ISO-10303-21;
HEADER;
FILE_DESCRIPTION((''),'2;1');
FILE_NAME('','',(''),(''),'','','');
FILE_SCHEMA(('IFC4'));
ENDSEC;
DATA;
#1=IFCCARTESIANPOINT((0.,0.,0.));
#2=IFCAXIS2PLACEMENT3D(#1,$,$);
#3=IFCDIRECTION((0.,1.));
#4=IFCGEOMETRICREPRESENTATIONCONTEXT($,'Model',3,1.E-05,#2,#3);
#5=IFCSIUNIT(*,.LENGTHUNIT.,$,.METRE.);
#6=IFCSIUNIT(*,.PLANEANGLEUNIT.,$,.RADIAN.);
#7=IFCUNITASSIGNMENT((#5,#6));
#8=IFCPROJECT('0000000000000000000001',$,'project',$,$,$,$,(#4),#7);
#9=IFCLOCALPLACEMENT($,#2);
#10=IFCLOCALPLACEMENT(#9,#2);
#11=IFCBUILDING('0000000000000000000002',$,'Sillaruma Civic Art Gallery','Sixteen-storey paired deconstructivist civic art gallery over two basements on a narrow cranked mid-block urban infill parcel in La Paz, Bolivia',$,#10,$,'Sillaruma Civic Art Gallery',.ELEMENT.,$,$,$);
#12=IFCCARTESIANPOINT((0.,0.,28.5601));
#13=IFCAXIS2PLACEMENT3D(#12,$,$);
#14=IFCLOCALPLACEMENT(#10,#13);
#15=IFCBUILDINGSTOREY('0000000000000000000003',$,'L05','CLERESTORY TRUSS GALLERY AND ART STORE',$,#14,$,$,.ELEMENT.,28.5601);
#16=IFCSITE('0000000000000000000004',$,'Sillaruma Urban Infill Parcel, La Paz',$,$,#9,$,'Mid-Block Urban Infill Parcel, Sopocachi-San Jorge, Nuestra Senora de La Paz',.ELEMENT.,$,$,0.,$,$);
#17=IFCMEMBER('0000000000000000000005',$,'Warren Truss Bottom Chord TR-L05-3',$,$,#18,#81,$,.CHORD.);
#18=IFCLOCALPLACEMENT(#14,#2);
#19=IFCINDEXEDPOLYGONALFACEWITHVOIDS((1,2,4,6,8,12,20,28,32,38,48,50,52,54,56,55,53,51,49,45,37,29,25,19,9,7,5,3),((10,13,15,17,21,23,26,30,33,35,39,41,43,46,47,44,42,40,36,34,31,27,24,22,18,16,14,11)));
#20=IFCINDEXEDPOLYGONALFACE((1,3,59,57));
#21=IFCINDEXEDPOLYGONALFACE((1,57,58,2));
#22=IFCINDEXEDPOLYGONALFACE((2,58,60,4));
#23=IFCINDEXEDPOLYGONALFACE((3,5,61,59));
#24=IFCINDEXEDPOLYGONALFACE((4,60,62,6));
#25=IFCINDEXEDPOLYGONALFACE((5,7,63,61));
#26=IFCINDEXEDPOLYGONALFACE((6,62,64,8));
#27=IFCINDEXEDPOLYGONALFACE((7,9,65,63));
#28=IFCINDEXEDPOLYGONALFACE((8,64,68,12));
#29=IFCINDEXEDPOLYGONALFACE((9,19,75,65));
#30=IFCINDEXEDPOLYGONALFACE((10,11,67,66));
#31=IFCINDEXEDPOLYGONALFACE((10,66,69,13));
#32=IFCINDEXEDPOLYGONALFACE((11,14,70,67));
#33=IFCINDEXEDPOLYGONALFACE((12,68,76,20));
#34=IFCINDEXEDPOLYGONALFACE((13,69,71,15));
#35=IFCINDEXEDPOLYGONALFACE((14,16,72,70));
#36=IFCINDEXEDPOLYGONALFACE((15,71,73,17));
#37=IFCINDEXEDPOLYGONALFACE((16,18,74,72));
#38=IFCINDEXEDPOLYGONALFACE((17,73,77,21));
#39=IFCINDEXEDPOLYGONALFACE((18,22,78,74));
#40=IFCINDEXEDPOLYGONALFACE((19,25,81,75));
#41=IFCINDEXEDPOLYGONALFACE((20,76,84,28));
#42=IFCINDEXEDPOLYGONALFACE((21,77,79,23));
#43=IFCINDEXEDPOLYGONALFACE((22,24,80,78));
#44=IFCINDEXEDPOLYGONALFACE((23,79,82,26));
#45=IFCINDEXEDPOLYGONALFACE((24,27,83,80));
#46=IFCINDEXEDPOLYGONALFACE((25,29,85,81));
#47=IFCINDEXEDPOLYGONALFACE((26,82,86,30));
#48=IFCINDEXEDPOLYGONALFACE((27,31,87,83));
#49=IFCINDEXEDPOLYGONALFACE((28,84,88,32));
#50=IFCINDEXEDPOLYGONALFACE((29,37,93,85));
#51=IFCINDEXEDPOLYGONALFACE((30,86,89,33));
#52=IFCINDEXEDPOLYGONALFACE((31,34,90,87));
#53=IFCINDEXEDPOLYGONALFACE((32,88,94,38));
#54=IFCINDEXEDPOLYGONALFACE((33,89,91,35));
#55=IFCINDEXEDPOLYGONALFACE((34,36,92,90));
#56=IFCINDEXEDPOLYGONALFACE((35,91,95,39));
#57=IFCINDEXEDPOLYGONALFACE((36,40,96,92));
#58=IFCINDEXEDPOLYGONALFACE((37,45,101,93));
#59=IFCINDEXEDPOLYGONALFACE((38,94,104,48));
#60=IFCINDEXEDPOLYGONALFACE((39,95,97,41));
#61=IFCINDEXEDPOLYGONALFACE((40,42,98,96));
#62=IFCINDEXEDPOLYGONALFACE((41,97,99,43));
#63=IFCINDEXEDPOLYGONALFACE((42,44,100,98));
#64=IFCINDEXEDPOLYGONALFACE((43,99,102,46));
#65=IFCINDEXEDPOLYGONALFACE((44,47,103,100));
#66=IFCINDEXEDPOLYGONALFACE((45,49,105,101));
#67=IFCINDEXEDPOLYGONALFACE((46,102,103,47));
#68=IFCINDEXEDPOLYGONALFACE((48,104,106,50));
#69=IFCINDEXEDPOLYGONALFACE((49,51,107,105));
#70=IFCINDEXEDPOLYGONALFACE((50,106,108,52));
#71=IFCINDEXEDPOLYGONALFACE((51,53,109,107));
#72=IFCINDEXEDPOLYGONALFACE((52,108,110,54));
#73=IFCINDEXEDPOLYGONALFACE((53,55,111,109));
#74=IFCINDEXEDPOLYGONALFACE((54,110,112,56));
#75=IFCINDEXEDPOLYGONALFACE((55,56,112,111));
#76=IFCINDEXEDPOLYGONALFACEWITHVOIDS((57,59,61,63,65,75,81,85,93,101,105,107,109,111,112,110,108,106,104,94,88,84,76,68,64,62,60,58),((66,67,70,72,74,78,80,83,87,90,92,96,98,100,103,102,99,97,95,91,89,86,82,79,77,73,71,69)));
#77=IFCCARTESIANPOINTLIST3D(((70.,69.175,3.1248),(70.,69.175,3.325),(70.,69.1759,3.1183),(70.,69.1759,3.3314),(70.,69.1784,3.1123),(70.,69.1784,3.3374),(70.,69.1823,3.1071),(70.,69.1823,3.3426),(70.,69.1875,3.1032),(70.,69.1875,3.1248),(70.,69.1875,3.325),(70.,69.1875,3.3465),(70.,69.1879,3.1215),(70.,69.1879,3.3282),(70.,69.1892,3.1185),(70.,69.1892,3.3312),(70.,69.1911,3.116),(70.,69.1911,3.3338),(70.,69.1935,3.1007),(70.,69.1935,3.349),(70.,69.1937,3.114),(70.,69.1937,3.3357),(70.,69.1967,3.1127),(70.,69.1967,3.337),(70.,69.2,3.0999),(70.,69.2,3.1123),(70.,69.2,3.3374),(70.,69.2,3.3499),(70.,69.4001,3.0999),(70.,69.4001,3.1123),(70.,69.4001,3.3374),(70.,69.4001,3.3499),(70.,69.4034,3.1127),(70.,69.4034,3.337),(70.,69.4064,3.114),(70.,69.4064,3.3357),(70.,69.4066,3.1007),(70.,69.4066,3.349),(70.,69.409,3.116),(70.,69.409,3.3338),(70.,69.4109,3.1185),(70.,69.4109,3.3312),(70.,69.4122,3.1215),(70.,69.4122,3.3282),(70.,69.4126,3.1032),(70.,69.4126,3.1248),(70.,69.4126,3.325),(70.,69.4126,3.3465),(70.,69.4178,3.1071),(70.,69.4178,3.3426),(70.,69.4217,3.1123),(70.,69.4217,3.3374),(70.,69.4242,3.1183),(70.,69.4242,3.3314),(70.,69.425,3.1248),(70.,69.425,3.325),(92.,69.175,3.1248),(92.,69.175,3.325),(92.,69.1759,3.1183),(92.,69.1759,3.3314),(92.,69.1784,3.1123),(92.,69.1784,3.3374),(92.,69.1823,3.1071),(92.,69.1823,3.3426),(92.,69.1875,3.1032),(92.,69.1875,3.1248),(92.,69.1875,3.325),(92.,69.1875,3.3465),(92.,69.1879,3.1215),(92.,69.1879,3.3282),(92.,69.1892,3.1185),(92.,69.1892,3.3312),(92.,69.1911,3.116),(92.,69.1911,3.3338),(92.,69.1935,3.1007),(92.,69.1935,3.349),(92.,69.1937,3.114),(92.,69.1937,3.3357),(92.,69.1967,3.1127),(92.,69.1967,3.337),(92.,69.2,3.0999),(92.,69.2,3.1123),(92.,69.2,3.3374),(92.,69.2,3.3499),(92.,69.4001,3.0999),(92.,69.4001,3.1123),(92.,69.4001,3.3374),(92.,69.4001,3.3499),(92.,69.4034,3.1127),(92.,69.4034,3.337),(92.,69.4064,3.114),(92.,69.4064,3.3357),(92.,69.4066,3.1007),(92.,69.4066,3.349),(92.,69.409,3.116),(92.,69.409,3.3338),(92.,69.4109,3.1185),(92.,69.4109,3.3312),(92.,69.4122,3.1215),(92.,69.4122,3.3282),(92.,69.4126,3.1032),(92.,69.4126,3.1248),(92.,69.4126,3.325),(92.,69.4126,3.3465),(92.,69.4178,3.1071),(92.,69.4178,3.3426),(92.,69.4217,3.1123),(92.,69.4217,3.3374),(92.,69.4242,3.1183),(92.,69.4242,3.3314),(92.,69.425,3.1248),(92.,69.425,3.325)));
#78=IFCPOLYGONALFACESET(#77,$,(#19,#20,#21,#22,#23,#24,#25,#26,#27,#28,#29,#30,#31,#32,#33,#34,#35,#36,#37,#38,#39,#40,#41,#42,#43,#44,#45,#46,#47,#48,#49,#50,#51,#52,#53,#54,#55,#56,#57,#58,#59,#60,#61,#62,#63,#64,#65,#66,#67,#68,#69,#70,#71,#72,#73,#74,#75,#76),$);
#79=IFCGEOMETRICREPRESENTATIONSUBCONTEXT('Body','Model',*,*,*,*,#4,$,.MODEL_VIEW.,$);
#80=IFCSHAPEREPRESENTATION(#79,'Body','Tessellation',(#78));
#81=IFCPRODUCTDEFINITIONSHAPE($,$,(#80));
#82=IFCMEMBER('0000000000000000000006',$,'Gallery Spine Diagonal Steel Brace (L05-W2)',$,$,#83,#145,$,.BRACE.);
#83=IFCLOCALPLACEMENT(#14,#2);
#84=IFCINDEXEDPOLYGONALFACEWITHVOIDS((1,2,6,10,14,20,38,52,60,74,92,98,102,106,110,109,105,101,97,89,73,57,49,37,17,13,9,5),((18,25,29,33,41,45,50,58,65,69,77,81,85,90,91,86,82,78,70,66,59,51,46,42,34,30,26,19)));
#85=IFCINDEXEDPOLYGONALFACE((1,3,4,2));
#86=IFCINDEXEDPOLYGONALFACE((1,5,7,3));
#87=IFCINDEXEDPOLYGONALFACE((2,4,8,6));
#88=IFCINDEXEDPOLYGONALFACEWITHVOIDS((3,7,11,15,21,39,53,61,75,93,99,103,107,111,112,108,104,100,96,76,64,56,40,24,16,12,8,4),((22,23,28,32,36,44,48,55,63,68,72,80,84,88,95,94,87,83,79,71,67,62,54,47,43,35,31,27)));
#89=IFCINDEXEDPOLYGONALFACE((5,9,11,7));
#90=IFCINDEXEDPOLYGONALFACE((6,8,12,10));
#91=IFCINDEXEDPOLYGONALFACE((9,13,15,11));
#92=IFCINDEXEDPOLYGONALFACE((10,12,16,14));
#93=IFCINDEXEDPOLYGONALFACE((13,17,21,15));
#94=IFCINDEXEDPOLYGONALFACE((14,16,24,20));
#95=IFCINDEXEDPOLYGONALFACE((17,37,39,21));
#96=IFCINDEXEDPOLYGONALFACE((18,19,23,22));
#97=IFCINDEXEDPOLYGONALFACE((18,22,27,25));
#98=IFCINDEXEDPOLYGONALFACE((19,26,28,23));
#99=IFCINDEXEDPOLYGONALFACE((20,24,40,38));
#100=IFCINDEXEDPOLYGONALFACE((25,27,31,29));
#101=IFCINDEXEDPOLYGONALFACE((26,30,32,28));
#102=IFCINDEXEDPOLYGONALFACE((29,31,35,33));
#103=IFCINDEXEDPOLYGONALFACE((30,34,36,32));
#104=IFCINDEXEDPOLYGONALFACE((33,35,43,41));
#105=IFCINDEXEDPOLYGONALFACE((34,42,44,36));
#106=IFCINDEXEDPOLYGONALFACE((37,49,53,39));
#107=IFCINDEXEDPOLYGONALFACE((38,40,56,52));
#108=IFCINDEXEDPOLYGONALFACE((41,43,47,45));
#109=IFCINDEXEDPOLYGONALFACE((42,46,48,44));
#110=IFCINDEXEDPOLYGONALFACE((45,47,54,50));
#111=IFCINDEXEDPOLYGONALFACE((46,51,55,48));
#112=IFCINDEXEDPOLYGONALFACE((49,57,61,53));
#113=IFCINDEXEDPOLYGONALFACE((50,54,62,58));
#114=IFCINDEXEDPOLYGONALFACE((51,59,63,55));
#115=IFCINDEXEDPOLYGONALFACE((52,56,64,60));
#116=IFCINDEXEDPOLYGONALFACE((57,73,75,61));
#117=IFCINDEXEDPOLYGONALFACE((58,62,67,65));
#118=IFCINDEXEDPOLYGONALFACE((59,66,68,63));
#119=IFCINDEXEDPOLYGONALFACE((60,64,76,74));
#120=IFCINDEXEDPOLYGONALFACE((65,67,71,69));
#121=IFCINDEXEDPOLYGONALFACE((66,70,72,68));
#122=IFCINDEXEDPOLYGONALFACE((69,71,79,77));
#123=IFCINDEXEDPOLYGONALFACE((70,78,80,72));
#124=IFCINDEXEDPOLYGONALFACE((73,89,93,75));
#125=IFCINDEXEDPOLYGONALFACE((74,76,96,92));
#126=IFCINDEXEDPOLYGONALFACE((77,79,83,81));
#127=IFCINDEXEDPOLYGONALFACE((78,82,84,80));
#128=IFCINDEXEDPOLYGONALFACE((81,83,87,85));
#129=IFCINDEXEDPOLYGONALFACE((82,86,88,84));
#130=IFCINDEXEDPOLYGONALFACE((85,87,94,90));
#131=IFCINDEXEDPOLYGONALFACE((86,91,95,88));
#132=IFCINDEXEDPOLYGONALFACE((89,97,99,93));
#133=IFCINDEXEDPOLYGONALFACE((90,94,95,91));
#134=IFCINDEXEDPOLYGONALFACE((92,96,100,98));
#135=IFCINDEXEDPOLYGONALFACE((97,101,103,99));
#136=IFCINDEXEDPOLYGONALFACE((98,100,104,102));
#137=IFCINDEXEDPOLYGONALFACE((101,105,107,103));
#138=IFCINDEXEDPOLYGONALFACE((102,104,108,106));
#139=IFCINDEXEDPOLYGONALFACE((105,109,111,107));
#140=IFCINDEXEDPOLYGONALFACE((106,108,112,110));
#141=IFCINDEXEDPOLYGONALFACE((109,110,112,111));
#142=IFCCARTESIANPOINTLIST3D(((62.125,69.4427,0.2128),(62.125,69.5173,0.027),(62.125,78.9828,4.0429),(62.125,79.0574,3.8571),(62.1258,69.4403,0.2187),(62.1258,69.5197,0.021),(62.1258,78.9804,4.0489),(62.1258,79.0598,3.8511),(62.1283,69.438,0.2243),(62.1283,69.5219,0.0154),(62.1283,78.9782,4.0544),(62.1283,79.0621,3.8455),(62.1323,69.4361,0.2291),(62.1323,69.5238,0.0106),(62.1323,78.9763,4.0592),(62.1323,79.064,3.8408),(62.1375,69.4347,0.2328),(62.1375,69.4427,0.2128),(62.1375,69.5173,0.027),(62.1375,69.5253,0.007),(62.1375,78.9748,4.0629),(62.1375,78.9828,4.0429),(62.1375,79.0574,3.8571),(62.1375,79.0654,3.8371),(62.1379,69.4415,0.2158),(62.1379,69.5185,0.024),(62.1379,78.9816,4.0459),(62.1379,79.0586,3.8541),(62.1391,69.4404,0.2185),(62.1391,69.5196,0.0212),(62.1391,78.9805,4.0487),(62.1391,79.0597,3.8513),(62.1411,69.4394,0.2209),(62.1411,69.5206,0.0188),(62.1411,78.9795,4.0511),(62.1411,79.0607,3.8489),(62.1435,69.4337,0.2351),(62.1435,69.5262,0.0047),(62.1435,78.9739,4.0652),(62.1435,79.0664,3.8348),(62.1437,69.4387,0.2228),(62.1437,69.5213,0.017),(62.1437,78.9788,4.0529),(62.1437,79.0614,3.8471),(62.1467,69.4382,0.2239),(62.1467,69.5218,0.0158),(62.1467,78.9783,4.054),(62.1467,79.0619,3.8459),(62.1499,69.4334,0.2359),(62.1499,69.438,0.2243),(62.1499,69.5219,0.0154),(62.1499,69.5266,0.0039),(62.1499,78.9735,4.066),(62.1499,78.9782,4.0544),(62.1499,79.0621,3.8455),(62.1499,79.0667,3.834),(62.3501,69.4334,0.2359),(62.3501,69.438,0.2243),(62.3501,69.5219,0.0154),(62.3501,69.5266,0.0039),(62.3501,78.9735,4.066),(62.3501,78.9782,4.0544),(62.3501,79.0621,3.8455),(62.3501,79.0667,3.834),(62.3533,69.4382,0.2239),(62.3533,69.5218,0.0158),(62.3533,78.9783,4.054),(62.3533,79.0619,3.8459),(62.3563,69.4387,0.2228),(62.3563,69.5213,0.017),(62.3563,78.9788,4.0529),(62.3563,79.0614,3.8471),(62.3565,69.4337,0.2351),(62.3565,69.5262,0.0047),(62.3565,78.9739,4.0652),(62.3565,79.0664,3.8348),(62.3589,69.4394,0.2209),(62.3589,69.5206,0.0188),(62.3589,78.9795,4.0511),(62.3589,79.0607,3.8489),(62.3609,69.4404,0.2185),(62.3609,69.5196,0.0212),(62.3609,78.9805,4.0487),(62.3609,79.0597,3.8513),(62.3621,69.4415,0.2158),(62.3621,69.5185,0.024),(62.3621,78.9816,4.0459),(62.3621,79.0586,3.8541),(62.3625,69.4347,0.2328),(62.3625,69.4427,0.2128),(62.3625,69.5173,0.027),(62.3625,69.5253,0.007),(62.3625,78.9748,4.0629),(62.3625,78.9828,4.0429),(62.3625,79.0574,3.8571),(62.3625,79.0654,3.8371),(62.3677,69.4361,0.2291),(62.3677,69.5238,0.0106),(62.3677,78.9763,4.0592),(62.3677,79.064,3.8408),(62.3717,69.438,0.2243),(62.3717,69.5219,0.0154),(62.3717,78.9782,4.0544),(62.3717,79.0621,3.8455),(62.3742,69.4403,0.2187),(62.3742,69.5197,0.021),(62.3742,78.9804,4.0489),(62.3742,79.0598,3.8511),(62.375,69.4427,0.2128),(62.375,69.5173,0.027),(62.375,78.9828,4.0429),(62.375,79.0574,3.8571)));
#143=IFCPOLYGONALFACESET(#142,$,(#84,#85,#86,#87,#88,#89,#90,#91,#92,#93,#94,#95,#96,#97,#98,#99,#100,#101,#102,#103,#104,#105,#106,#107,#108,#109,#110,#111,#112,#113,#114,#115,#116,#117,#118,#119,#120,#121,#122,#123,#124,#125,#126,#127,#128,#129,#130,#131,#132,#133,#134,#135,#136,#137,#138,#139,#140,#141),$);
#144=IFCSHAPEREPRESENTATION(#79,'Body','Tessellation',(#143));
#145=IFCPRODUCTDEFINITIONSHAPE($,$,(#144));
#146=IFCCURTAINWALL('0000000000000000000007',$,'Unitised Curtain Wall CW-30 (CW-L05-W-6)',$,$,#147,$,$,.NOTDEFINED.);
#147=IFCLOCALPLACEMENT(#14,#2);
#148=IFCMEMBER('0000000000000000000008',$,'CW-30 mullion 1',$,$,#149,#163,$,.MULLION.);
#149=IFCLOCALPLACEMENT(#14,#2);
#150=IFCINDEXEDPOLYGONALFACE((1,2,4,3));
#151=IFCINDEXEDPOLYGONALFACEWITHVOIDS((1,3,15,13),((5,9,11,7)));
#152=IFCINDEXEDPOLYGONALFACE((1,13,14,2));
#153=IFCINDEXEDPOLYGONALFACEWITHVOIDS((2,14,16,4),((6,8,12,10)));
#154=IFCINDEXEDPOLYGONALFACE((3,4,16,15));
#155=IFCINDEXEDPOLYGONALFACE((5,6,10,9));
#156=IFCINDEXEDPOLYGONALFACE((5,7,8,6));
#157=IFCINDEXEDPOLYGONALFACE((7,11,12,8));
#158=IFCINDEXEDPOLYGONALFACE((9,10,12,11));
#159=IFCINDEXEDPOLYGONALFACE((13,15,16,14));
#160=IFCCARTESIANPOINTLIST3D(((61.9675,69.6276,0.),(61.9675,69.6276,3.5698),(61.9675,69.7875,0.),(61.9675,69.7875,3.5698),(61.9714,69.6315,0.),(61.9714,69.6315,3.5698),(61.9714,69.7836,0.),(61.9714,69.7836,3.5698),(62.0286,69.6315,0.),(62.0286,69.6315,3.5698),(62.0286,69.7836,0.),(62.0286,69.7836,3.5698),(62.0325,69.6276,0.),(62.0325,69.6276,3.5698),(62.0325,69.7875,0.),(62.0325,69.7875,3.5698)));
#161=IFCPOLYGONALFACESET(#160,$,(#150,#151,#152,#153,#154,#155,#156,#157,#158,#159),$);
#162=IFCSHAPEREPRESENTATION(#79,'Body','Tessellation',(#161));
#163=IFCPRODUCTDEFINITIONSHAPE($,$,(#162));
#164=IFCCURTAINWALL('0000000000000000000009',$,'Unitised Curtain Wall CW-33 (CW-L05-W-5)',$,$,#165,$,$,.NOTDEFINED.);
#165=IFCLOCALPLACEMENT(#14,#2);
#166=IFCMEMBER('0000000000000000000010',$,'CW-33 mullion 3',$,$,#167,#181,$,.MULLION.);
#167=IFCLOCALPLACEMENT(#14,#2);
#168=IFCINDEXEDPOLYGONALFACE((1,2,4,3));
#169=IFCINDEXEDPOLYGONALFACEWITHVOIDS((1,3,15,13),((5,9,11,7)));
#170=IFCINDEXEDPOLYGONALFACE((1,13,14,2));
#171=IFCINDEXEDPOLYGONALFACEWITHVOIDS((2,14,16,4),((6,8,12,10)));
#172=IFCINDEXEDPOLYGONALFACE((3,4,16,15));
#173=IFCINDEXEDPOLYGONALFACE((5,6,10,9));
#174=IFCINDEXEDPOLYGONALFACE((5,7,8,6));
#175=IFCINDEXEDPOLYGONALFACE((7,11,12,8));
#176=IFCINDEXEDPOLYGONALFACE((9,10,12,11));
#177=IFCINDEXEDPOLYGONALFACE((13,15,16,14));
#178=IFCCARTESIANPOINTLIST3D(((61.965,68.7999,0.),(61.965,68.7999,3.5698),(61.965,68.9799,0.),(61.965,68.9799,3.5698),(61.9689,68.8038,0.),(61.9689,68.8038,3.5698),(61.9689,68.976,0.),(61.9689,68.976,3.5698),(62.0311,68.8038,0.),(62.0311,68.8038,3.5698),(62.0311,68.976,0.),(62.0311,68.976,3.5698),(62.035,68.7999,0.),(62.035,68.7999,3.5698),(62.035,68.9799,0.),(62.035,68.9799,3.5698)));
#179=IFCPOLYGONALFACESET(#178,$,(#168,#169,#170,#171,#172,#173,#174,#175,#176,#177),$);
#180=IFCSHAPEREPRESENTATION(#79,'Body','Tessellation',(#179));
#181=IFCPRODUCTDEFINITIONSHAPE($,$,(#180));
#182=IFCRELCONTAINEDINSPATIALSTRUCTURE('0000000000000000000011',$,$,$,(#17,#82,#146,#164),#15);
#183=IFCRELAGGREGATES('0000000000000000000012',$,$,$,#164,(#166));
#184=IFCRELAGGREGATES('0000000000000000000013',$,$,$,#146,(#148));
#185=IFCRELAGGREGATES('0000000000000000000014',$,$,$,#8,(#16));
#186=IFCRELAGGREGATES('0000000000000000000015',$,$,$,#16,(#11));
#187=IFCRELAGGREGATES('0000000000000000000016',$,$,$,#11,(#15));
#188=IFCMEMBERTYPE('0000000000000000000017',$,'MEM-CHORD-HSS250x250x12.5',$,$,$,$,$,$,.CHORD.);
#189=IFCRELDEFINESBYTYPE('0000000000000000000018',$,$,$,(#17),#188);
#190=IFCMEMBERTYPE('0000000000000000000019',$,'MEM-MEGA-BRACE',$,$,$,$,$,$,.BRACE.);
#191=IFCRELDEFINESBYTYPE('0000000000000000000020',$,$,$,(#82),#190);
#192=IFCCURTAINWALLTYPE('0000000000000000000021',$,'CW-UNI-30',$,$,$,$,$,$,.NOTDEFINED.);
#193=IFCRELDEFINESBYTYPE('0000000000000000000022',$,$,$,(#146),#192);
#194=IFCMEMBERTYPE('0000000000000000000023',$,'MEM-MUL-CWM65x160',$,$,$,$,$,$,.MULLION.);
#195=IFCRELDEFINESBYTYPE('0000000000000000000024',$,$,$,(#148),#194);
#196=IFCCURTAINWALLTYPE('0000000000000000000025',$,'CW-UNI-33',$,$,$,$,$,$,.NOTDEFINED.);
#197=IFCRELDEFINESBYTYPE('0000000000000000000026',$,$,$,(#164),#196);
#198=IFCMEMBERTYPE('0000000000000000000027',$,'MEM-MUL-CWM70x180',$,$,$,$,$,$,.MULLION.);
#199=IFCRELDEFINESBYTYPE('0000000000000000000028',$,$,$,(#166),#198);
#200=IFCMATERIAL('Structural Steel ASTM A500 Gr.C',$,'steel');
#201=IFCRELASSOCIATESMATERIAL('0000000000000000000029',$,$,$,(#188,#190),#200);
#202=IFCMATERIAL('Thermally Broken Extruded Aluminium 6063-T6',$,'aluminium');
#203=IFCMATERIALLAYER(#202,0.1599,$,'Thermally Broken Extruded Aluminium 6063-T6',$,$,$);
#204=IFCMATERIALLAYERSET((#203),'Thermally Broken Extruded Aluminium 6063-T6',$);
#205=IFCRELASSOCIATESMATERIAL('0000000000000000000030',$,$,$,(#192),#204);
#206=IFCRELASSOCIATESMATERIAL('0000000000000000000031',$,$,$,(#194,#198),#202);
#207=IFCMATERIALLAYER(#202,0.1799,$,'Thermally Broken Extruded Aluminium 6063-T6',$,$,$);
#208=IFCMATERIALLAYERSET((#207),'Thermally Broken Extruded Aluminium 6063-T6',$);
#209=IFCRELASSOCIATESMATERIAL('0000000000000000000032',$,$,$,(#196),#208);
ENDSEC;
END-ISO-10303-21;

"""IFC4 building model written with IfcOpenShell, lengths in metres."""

from ifc_helpers import new_model, si_unit, direction, frame, origin, origin_2d, place, context, subcontext, project, spatial, hollow_rectangle, extrude, material, layer, layer_set, material_profile, profile_set, type_object, element, aggregate, save


model = new_model("IFC4")

# Units and contexts
model_context = context("Model", 3, precision=1e-05, world=origin(), true_north=direction((0.0, 1.0)))
body_context = subcontext(model_context, "Body", "Model", "MODEL_VIEW")
ifc_project = project(units=[si_unit("LENGTHUNIT", "METRE"), si_unit("PLANEANGLEUNIT", "RADIAN")], contexts=[model_context])

# Site, building, storey
site_placement = place(None, origin())
site = spatial("IfcSite", under=ifc_project, at=site_placement, Name="Sillaruma Urban Infill Parcel, La Paz", LongName="Mid-Block Urban Infill Parcel, Sopocachi-San Jorge, Nuestra Senora de La Paz", CompositionType="ELEMENT", RefElevation=0.0)
building_placement = place(site_placement, origin())
building = spatial("IfcBuilding", under=site, at=building_placement, Name="Sillaruma Civic Art Gallery", Description="Sixteen-storey paired deconstructivist civic art gallery over two basements on a narrow cranked mid-block urban infill parcel in La Paz, Bolivia", LongName="Sillaruma Civic Art Gallery", CompositionType="ELEMENT")
storey_placement = place(building_placement, frame((0.0, 0.0, 28.5601)))
storey = spatial("IfcBuildingStorey", under=building, at=storey_placement, Name="L05", Description="CLERESTORY TRUSS GALLERY AND ART STORE", CompositionType="ELEMENT", Elevation=28.5601)

# Members
ifc_material_1 = material(Name="Structural Steel ASTM A500 Gr.C", Category="steel")
ifc_material_profile_1 = material_profile(ifc_material_1, hollow_rectangle(XDim=0.25, YDim=0.25, WallThickness=0.0125, InnerFilletRadius=0.0125, OuterFilletRadius=0.0249, at=origin_2d()), Name="HSS250x250x12.5")
ifc_profile_set_1 = profile_set([ifc_material_profile_1], Name="Structural Steel ASTM A500 Gr.C")
member_type_1 = type_object("IfcMemberType", Name="MEM-CHORD-HSS250x250x12.5", PredefinedType="CHORD", material=ifc_profile_set_1)
member_1_placement = place(storey_placement, frame((70.0, 69.3, 3.2249), z_axis=(1.0, 0.0, 0.0), x_axis=(0.0, 1.0, 0.0)))
element("IfcMember", 1, at=member_1_placement, inside=storey, type_object=member_type_1, Name="Warren Truss Bottom Chord TR-L05-3", PredefinedType="CHORD", context=body_context, shape_type="SweptSolid", body=[
    extrude(hollow_rectangle(XDim=0.25, YDim=0.25, WallThickness=0.0125, InnerFilletRadius=0.0125, OuterFilletRadius=0.0249, at=origin_2d()), origin(), (0.0, 0.0, 1.0), 22.0),
])
ifc_material_profile_2 = material_profile(ifc_material_1, hollow_rectangle(XDim=0.25, YDim=0.25, WallThickness=0.0125, InnerFilletRadius=0.0125, OuterFilletRadius=0.0249, at=origin_2d()), Name="HSS250x250x12.5")
ifc_profile_set_2 = profile_set([ifc_material_profile_2], Name="Structural Steel ASTM A500 Gr.C")
member_type_2 = type_object("IfcMemberType", Name="MEM-MEGA-BRACE", PredefinedType="BRACE", material=ifc_profile_set_2)
member_2_placement = place(storey_placement, frame((62.25, 69.48, 0.1199), z_axis=(0.0, 0.928004, 0.37257), x_axis=(-1.0, 0.0, 0.0)))
element("IfcMember", 2, at=member_2_placement, inside=storey, type_object=member_type_2, Name="Gallery Spine Diagonal Steel Brace (L05-W2)", PredefinedType="BRACE", context=body_context, shape_type="SweptSolid", body=[
    extrude(hollow_rectangle(XDim=0.25, YDim=0.25, WallThickness=0.0125, InnerFilletRadius=0.0125, OuterFilletRadius=0.0249, at=origin_2d()), origin(), (0.0, 0.0, 1.0), 10.2803),
])

# Curtain walls, members
ifc_material_2 = material(Name="Thermally Broken Extruded Aluminium 6063-T6", Category="aluminium")
ifc_layer_1 = layer(ifc_material_2, 0.1599, Name="Thermally Broken Extruded Aluminium 6063-T6")
ifc_layer_set_1 = layer_set([ifc_layer_1], Name="Thermally Broken Extruded Aluminium 6063-T6")
curtain_wall_type_1 = type_object("IfcCurtainWallType", Name="CW-UNI-30", PredefinedType="NOTDEFINED", material=ifc_layer_set_1)
curtain_wall_1_placement = place(storey_placement, origin())
curtain_wall_1 = element("IfcCurtainWall", 3, at=curtain_wall_1_placement, inside=storey, type_object=curtain_wall_type_1, Name="Unitised Curtain Wall CW-30 (CW-L05-W-6)", PredefinedType="NOTDEFINED")
ifc_material_profile_3 = material_profile(ifc_material_2, hollow_rectangle(XDim=0.0649, YDim=0.1599, WallThickness=0.0039, at=origin_2d()), Name="CWM65x160")
ifc_profile_set_3 = profile_set([ifc_material_profile_3], Name="Thermally Broken Extruded Aluminium 6063-T6")
member_type_3 = type_object("IfcMemberType", Name="MEM-MUL-CWM65x160", PredefinedType="MULLION", material=ifc_profile_set_3)
member_3_placement = place(storey_placement, frame((62.0, 69.7075, 0.0), z_axis=(0.0, 0.0, 1.0), x_axis=(-1.0, 0.0, 0.0)))
member_3 = element("IfcMember", 4, at=member_3_placement, type_object=member_type_3, Name="CW-30 mullion 1", PredefinedType="MULLION", context=body_context, shape_type="SweptSolid", body=[
    extrude(hollow_rectangle(XDim=0.0649, YDim=0.1599, WallThickness=0.0039, at=origin_2d()), origin(), (0.0, 0.0, 1.0), 3.5698),
])
ifc_layer_2 = layer(ifc_material_2, 0.1799, Name="Thermally Broken Extruded Aluminium 6063-T6")
ifc_layer_set_2 = layer_set([ifc_layer_2], Name="Thermally Broken Extruded Aluminium 6063-T6")
curtain_wall_type_2 = type_object("IfcCurtainWallType", Name="CW-UNI-33", PredefinedType="NOTDEFINED", material=ifc_layer_set_2)
curtain_wall_2_placement = place(storey_placement, origin())
curtain_wall_2 = element("IfcCurtainWall", 5, at=curtain_wall_2_placement, inside=storey, type_object=curtain_wall_type_2, Name="Unitised Curtain Wall CW-33 (CW-L05-W-5)", PredefinedType="NOTDEFINED")
ifc_material_profile_4 = material_profile(ifc_material_2, hollow_rectangle(XDim=0.0701, YDim=0.1799, WallThickness=0.0039, at=origin_2d()), Name="CWM70x180")
ifc_profile_set_4 = profile_set([ifc_material_profile_4], Name="Thermally Broken Extruded Aluminium 6063-T6")
member_type_4 = type_object("IfcMemberType", Name="MEM-MUL-CWM70x180", PredefinedType="MULLION", material=ifc_profile_set_4)
member_4_placement = place(storey_placement, frame((62.0, 68.8899, 0.0), z_axis=(0.0, 0.0, 1.0), x_axis=(-1.0, 0.0, 0.0)))
member_4 = element("IfcMember", 6, at=member_4_placement, type_object=member_type_4, Name="CW-33 mullion 3", PredefinedType="MULLION", context=body_context, shape_type="SweptSolid", body=[
    extrude(hollow_rectangle(XDim=0.0701, YDim=0.1799, WallThickness=0.0039, at=origin_2d()), origin(), (0.0, 0.0, 1.0), 3.5698),
])

aggregate(curtain_wall_2, [member_4])
aggregate(curtain_wall_1, [member_3])

save(model, "model.ifc")
